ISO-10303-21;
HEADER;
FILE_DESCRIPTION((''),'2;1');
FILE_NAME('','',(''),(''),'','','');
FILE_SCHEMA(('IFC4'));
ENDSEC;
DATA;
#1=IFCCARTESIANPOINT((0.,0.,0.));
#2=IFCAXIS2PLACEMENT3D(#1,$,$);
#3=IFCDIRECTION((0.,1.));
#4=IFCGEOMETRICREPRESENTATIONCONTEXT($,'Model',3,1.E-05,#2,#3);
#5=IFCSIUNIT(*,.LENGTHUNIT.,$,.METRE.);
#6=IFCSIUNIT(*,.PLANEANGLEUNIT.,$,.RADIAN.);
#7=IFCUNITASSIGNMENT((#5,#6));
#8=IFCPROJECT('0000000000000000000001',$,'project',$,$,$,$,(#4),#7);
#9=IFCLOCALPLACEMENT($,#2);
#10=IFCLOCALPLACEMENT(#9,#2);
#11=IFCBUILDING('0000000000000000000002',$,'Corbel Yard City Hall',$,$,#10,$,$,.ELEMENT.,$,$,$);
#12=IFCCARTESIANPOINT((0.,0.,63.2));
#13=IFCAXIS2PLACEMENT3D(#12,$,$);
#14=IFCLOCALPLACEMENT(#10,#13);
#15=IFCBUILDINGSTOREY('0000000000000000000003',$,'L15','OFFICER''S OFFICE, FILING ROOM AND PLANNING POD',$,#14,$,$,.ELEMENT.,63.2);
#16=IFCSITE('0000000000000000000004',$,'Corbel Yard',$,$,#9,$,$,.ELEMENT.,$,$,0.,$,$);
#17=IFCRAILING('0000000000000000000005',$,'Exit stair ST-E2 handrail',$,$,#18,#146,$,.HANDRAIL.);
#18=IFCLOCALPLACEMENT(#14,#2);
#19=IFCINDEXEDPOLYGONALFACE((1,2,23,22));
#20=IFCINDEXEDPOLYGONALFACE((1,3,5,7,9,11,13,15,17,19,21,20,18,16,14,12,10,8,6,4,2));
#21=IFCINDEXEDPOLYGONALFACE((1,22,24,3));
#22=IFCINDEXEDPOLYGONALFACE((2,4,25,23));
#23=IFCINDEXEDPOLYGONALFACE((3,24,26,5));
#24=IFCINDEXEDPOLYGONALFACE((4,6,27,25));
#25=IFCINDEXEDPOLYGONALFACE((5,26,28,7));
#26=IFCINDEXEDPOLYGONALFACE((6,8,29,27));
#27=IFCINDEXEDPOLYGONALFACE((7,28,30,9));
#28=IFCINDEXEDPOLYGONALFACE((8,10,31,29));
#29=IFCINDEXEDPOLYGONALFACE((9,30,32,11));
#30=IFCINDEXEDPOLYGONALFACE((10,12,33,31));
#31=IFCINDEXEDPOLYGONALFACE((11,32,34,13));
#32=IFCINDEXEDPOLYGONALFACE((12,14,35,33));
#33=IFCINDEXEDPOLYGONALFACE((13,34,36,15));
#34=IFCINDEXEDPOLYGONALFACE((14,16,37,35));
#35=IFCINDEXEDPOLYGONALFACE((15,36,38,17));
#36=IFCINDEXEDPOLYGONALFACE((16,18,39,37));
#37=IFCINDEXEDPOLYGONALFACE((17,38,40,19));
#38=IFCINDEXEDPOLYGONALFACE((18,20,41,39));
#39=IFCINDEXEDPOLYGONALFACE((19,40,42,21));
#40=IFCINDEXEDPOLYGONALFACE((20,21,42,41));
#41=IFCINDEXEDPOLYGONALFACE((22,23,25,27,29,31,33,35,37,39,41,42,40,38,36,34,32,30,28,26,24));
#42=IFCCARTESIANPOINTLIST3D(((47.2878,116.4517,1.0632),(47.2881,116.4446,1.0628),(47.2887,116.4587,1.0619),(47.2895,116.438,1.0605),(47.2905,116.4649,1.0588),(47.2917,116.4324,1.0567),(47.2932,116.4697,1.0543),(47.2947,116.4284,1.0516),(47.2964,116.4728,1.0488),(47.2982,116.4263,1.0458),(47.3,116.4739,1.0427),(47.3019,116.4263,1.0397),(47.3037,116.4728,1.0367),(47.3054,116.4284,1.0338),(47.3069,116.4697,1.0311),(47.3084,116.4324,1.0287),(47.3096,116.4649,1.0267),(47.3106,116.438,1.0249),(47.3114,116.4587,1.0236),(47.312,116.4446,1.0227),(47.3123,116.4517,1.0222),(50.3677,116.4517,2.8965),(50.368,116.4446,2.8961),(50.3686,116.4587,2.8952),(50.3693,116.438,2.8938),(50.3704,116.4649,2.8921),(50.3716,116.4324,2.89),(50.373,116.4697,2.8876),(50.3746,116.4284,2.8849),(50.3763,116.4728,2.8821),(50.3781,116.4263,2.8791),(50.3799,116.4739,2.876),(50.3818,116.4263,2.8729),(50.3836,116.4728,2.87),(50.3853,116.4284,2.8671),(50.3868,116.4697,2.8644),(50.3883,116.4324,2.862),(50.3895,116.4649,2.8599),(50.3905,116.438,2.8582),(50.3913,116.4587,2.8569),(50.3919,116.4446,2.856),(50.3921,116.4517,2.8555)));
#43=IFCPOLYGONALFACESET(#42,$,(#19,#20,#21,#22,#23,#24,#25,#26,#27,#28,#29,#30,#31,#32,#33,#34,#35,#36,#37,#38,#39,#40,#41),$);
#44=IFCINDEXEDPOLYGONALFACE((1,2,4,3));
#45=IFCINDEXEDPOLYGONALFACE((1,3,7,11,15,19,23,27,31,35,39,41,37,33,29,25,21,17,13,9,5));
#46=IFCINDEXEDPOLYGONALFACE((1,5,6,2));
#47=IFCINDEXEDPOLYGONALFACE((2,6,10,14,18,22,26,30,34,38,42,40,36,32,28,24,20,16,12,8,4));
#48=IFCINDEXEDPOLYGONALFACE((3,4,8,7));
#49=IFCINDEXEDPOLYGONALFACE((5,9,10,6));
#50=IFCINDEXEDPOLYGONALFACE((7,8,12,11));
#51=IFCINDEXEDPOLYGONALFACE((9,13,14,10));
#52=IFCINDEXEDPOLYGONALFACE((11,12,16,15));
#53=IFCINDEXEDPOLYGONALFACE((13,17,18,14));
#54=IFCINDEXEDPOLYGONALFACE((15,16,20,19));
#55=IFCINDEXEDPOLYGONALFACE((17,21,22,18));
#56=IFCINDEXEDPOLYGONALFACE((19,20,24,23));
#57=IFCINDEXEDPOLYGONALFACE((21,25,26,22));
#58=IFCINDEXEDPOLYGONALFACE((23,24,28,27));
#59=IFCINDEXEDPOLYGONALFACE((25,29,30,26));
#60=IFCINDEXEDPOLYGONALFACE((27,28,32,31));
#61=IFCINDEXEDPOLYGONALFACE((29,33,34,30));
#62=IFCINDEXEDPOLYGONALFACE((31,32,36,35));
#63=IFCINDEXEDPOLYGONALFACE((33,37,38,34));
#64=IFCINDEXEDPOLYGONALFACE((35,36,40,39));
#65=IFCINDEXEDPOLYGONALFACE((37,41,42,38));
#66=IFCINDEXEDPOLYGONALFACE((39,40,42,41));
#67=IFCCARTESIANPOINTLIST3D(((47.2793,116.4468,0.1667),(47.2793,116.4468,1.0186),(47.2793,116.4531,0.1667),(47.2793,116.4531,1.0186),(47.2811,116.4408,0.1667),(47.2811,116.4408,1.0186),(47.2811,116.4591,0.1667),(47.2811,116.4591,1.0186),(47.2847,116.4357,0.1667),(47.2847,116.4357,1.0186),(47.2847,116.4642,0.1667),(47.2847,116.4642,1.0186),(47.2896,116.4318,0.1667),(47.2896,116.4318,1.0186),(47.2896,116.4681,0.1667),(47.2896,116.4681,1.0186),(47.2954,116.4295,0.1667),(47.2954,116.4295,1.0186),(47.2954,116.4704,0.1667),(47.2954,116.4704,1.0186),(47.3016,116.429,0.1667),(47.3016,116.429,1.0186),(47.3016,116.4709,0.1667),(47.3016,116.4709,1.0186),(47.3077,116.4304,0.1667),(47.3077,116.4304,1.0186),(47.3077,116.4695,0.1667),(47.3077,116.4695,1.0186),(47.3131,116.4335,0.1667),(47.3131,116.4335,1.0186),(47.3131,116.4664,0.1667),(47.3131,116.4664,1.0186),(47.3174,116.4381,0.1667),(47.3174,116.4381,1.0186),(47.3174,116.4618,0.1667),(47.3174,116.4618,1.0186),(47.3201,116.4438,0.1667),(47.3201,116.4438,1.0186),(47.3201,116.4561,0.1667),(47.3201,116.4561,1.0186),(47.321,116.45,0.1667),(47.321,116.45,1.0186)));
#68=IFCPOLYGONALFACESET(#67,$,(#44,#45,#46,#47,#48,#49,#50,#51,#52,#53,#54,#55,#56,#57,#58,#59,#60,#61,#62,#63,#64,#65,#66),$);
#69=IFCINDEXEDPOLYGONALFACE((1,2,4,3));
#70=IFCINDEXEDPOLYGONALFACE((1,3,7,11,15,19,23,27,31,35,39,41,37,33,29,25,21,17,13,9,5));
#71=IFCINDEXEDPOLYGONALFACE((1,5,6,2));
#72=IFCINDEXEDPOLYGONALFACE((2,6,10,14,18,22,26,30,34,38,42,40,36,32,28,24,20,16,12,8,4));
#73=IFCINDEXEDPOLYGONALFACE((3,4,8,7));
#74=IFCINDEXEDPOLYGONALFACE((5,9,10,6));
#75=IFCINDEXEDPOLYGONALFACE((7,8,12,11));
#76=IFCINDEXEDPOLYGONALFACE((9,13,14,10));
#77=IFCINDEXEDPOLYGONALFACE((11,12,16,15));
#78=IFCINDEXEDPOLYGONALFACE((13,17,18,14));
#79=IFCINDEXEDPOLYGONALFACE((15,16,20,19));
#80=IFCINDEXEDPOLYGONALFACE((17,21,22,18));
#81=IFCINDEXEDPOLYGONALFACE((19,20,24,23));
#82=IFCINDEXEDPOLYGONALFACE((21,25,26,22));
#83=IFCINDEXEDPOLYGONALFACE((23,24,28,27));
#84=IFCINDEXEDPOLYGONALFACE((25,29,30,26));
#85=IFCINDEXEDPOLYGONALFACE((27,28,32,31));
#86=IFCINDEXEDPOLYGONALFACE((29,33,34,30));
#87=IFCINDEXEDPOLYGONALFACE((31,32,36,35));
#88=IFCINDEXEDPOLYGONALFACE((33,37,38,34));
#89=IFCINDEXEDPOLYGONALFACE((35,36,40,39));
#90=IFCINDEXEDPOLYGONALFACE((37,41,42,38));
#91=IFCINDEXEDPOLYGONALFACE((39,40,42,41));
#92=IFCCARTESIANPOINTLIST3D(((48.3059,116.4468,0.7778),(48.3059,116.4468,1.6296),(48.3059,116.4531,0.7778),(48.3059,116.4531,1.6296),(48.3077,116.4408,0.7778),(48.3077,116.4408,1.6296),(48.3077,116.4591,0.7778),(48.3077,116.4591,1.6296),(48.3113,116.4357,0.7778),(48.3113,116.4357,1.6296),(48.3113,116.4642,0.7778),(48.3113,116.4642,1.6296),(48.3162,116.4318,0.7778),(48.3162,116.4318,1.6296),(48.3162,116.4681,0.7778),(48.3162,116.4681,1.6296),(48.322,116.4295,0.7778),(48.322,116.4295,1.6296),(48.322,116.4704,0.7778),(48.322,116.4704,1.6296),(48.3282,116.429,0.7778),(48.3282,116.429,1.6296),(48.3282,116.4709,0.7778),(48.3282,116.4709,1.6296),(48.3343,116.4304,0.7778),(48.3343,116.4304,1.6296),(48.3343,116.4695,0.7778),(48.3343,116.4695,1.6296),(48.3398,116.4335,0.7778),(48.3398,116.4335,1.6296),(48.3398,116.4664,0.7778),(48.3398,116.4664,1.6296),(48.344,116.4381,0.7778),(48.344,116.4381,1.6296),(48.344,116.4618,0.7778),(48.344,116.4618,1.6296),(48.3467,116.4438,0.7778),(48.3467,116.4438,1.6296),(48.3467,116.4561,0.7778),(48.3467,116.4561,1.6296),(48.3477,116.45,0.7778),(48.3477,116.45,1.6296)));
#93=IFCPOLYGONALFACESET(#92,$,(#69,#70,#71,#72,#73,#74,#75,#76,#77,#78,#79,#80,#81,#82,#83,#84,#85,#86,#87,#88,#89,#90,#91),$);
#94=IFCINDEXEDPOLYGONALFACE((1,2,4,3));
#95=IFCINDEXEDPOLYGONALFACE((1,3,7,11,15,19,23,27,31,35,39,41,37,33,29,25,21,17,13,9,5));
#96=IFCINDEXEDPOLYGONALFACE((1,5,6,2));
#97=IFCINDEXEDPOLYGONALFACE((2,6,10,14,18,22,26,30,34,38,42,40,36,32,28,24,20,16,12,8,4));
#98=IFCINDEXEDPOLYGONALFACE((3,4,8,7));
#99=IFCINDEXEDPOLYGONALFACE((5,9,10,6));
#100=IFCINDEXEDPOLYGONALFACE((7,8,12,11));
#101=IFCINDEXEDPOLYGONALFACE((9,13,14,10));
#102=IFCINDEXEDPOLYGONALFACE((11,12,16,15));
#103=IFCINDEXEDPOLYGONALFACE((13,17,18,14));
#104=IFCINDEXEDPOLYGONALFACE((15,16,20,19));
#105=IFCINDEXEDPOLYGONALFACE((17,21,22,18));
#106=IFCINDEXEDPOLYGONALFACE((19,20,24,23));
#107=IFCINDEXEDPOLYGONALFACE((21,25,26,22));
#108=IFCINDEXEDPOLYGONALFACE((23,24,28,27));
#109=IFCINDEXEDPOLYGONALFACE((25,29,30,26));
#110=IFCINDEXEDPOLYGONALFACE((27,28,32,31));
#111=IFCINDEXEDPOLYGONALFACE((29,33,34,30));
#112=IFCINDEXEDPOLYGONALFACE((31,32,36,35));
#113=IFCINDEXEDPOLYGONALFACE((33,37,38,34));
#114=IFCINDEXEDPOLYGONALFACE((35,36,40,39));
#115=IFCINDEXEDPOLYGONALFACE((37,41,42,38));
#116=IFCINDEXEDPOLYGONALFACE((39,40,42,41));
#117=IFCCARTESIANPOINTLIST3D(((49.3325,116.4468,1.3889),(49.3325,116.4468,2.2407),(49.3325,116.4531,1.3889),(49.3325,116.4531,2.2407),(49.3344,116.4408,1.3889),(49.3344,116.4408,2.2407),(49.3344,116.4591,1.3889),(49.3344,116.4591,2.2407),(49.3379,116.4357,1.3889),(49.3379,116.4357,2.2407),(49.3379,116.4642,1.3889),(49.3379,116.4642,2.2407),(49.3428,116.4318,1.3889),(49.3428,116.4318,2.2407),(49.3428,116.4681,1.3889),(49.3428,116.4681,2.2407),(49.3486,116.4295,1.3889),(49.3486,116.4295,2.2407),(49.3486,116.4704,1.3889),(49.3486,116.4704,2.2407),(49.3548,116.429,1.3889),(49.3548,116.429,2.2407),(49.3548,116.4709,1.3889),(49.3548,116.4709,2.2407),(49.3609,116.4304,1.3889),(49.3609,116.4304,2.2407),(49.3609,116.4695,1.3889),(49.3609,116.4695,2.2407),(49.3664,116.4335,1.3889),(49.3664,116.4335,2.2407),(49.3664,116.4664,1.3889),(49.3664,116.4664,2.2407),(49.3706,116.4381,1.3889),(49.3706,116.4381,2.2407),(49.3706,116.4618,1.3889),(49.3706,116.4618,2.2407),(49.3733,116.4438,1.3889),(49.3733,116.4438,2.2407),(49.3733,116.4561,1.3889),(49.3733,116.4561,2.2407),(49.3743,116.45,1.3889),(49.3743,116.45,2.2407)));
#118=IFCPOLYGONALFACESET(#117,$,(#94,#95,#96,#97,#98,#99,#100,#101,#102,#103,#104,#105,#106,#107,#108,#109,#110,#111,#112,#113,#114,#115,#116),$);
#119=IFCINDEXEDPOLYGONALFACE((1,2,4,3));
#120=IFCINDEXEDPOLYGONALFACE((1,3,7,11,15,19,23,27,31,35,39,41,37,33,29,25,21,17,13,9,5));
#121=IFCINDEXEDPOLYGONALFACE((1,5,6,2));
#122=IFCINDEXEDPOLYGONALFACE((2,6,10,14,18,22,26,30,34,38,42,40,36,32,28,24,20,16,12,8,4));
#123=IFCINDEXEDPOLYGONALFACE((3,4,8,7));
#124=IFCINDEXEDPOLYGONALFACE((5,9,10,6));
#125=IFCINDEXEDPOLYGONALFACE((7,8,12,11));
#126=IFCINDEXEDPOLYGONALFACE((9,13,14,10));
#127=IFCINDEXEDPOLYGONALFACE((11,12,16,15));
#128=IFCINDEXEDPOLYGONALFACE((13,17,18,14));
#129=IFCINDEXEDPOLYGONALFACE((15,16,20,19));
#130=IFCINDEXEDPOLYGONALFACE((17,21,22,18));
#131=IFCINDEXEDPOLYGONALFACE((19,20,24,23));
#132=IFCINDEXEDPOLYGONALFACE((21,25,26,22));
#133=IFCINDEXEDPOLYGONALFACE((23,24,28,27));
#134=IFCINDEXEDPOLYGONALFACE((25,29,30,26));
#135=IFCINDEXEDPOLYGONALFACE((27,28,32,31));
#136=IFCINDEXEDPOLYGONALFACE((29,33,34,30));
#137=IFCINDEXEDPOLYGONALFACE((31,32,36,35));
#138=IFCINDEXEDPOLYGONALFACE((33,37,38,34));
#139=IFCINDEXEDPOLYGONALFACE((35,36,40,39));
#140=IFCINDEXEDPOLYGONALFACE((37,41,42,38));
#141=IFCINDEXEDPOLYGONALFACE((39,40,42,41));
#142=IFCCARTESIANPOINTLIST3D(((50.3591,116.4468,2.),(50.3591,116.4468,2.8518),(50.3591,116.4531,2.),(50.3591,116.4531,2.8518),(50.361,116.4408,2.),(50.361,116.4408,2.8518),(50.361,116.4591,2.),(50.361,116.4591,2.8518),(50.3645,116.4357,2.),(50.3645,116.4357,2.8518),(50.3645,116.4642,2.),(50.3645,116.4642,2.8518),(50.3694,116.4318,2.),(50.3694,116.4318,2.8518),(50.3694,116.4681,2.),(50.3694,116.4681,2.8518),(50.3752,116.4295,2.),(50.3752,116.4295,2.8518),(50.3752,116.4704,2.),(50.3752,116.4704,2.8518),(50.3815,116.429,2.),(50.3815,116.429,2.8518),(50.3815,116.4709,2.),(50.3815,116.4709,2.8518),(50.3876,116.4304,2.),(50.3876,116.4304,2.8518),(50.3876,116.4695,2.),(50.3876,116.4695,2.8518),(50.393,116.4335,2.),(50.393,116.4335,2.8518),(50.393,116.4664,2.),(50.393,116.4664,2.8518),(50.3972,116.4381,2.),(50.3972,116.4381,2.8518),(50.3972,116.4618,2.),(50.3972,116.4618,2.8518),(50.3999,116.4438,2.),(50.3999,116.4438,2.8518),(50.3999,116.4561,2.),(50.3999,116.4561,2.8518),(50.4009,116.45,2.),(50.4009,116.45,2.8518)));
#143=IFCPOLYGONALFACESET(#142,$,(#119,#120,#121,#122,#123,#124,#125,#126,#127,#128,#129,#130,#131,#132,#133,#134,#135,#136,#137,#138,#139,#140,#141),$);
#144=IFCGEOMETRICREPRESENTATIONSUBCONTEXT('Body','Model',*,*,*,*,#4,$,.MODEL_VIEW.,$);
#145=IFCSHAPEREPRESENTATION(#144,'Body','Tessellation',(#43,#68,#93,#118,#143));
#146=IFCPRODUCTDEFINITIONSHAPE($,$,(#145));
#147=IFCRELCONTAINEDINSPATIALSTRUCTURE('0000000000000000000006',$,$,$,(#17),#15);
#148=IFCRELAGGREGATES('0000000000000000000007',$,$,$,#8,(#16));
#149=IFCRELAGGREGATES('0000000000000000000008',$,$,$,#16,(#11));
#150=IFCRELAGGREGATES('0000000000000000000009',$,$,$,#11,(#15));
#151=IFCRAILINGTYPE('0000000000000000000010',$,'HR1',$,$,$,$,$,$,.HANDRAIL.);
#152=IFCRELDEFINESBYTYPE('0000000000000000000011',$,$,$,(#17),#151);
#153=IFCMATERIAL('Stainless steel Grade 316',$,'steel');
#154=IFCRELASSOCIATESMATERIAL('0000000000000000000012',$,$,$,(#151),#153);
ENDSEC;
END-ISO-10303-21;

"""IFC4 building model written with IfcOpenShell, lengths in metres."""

from ifc_helpers import new_model, si_unit, direction, frame, origin, origin_2d, place, context, subcontext, project, spatial, circle, extrude, material, type_object, element, save


model = new_model("IFC4")

# Units and contexts
model_context = context("Model", 3, precision=1e-05, world=origin(), true_north=direction((0.0, 1.0)))
body_context = subcontext(model_context, "Body", "Model", "MODEL_VIEW")
ifc_project = project(units=[si_unit("LENGTHUNIT", "METRE"), si_unit("PLANEANGLEUNIT", "RADIAN")], contexts=[model_context])

# Site, building, storey
site_placement = place(None, origin())
site = spatial("IfcSite", under=ifc_project, at=site_placement, Name="Corbel Yard", CompositionType="ELEMENT", RefElevation=0.0)
building_placement = place(site_placement, origin())
building = spatial("IfcBuilding", under=site, at=building_placement, Name="Corbel Yard City Hall", CompositionType="ELEMENT")
storey_placement = place(building_placement, frame((0.0, 0.0, 63.2)))
storey = spatial("IfcBuildingStorey", under=building, at=storey_placement, Name="L15", Description="OFFICER'S OFFICE, FILING ROOM AND PLANNING POD", CompositionType="ELEMENT", Elevation=63.2)

# Shared definitions
ifc_material_1 = material(Name="Stainless steel Grade 316", Category="steel")

# Railing
railing_type = type_object("IfcRailingType", Name="HR1", PredefinedType="HANDRAIL", material=ifc_material_1)
for number, where, name in (
    (1, (47.3, 116.45, 0.1667), "Exit stair ST-E2 handrail"),
):
    element("IfcRailing", number, at=place(storey_placement, frame(where)), inside=storey, type_object=railing_type, Name=name, PredefinedType="HANDRAIL", context=body_context, shape_type="SweptSolid", body=[
        extrude(circle(Radius=0.0239, at=origin_2d()), frame((0.0, 0.0, 0.876), z_axis=(0.859291, 0.0, 0.511487), x_axis=(0.0, 1.0, 0.0)), (0.0, 0.0, 1.0), 3.5842),
        extrude(circle(Radius=0.021, at=origin_2d()), origin(), (0.0, 0.0, 1.0), 0.8518),
        extrude(circle(Radius=0.021, at=origin_2d()), frame((1.0266, 0.0, 0.6111)), (0.0, 0.0, 1.0), 0.8518),
        extrude(circle(Radius=0.021, at=origin_2d()), frame((2.0532, 0.0, 1.2222)), (0.0, 0.0, 1.0), 0.8518),
        extrude(circle(Radius=0.021, at=origin_2d()), frame((3.0798, 0.0, 1.8333)), (0.0, 0.0, 1.0), 0.8518),
    ])

save(model, "model.ifc")
